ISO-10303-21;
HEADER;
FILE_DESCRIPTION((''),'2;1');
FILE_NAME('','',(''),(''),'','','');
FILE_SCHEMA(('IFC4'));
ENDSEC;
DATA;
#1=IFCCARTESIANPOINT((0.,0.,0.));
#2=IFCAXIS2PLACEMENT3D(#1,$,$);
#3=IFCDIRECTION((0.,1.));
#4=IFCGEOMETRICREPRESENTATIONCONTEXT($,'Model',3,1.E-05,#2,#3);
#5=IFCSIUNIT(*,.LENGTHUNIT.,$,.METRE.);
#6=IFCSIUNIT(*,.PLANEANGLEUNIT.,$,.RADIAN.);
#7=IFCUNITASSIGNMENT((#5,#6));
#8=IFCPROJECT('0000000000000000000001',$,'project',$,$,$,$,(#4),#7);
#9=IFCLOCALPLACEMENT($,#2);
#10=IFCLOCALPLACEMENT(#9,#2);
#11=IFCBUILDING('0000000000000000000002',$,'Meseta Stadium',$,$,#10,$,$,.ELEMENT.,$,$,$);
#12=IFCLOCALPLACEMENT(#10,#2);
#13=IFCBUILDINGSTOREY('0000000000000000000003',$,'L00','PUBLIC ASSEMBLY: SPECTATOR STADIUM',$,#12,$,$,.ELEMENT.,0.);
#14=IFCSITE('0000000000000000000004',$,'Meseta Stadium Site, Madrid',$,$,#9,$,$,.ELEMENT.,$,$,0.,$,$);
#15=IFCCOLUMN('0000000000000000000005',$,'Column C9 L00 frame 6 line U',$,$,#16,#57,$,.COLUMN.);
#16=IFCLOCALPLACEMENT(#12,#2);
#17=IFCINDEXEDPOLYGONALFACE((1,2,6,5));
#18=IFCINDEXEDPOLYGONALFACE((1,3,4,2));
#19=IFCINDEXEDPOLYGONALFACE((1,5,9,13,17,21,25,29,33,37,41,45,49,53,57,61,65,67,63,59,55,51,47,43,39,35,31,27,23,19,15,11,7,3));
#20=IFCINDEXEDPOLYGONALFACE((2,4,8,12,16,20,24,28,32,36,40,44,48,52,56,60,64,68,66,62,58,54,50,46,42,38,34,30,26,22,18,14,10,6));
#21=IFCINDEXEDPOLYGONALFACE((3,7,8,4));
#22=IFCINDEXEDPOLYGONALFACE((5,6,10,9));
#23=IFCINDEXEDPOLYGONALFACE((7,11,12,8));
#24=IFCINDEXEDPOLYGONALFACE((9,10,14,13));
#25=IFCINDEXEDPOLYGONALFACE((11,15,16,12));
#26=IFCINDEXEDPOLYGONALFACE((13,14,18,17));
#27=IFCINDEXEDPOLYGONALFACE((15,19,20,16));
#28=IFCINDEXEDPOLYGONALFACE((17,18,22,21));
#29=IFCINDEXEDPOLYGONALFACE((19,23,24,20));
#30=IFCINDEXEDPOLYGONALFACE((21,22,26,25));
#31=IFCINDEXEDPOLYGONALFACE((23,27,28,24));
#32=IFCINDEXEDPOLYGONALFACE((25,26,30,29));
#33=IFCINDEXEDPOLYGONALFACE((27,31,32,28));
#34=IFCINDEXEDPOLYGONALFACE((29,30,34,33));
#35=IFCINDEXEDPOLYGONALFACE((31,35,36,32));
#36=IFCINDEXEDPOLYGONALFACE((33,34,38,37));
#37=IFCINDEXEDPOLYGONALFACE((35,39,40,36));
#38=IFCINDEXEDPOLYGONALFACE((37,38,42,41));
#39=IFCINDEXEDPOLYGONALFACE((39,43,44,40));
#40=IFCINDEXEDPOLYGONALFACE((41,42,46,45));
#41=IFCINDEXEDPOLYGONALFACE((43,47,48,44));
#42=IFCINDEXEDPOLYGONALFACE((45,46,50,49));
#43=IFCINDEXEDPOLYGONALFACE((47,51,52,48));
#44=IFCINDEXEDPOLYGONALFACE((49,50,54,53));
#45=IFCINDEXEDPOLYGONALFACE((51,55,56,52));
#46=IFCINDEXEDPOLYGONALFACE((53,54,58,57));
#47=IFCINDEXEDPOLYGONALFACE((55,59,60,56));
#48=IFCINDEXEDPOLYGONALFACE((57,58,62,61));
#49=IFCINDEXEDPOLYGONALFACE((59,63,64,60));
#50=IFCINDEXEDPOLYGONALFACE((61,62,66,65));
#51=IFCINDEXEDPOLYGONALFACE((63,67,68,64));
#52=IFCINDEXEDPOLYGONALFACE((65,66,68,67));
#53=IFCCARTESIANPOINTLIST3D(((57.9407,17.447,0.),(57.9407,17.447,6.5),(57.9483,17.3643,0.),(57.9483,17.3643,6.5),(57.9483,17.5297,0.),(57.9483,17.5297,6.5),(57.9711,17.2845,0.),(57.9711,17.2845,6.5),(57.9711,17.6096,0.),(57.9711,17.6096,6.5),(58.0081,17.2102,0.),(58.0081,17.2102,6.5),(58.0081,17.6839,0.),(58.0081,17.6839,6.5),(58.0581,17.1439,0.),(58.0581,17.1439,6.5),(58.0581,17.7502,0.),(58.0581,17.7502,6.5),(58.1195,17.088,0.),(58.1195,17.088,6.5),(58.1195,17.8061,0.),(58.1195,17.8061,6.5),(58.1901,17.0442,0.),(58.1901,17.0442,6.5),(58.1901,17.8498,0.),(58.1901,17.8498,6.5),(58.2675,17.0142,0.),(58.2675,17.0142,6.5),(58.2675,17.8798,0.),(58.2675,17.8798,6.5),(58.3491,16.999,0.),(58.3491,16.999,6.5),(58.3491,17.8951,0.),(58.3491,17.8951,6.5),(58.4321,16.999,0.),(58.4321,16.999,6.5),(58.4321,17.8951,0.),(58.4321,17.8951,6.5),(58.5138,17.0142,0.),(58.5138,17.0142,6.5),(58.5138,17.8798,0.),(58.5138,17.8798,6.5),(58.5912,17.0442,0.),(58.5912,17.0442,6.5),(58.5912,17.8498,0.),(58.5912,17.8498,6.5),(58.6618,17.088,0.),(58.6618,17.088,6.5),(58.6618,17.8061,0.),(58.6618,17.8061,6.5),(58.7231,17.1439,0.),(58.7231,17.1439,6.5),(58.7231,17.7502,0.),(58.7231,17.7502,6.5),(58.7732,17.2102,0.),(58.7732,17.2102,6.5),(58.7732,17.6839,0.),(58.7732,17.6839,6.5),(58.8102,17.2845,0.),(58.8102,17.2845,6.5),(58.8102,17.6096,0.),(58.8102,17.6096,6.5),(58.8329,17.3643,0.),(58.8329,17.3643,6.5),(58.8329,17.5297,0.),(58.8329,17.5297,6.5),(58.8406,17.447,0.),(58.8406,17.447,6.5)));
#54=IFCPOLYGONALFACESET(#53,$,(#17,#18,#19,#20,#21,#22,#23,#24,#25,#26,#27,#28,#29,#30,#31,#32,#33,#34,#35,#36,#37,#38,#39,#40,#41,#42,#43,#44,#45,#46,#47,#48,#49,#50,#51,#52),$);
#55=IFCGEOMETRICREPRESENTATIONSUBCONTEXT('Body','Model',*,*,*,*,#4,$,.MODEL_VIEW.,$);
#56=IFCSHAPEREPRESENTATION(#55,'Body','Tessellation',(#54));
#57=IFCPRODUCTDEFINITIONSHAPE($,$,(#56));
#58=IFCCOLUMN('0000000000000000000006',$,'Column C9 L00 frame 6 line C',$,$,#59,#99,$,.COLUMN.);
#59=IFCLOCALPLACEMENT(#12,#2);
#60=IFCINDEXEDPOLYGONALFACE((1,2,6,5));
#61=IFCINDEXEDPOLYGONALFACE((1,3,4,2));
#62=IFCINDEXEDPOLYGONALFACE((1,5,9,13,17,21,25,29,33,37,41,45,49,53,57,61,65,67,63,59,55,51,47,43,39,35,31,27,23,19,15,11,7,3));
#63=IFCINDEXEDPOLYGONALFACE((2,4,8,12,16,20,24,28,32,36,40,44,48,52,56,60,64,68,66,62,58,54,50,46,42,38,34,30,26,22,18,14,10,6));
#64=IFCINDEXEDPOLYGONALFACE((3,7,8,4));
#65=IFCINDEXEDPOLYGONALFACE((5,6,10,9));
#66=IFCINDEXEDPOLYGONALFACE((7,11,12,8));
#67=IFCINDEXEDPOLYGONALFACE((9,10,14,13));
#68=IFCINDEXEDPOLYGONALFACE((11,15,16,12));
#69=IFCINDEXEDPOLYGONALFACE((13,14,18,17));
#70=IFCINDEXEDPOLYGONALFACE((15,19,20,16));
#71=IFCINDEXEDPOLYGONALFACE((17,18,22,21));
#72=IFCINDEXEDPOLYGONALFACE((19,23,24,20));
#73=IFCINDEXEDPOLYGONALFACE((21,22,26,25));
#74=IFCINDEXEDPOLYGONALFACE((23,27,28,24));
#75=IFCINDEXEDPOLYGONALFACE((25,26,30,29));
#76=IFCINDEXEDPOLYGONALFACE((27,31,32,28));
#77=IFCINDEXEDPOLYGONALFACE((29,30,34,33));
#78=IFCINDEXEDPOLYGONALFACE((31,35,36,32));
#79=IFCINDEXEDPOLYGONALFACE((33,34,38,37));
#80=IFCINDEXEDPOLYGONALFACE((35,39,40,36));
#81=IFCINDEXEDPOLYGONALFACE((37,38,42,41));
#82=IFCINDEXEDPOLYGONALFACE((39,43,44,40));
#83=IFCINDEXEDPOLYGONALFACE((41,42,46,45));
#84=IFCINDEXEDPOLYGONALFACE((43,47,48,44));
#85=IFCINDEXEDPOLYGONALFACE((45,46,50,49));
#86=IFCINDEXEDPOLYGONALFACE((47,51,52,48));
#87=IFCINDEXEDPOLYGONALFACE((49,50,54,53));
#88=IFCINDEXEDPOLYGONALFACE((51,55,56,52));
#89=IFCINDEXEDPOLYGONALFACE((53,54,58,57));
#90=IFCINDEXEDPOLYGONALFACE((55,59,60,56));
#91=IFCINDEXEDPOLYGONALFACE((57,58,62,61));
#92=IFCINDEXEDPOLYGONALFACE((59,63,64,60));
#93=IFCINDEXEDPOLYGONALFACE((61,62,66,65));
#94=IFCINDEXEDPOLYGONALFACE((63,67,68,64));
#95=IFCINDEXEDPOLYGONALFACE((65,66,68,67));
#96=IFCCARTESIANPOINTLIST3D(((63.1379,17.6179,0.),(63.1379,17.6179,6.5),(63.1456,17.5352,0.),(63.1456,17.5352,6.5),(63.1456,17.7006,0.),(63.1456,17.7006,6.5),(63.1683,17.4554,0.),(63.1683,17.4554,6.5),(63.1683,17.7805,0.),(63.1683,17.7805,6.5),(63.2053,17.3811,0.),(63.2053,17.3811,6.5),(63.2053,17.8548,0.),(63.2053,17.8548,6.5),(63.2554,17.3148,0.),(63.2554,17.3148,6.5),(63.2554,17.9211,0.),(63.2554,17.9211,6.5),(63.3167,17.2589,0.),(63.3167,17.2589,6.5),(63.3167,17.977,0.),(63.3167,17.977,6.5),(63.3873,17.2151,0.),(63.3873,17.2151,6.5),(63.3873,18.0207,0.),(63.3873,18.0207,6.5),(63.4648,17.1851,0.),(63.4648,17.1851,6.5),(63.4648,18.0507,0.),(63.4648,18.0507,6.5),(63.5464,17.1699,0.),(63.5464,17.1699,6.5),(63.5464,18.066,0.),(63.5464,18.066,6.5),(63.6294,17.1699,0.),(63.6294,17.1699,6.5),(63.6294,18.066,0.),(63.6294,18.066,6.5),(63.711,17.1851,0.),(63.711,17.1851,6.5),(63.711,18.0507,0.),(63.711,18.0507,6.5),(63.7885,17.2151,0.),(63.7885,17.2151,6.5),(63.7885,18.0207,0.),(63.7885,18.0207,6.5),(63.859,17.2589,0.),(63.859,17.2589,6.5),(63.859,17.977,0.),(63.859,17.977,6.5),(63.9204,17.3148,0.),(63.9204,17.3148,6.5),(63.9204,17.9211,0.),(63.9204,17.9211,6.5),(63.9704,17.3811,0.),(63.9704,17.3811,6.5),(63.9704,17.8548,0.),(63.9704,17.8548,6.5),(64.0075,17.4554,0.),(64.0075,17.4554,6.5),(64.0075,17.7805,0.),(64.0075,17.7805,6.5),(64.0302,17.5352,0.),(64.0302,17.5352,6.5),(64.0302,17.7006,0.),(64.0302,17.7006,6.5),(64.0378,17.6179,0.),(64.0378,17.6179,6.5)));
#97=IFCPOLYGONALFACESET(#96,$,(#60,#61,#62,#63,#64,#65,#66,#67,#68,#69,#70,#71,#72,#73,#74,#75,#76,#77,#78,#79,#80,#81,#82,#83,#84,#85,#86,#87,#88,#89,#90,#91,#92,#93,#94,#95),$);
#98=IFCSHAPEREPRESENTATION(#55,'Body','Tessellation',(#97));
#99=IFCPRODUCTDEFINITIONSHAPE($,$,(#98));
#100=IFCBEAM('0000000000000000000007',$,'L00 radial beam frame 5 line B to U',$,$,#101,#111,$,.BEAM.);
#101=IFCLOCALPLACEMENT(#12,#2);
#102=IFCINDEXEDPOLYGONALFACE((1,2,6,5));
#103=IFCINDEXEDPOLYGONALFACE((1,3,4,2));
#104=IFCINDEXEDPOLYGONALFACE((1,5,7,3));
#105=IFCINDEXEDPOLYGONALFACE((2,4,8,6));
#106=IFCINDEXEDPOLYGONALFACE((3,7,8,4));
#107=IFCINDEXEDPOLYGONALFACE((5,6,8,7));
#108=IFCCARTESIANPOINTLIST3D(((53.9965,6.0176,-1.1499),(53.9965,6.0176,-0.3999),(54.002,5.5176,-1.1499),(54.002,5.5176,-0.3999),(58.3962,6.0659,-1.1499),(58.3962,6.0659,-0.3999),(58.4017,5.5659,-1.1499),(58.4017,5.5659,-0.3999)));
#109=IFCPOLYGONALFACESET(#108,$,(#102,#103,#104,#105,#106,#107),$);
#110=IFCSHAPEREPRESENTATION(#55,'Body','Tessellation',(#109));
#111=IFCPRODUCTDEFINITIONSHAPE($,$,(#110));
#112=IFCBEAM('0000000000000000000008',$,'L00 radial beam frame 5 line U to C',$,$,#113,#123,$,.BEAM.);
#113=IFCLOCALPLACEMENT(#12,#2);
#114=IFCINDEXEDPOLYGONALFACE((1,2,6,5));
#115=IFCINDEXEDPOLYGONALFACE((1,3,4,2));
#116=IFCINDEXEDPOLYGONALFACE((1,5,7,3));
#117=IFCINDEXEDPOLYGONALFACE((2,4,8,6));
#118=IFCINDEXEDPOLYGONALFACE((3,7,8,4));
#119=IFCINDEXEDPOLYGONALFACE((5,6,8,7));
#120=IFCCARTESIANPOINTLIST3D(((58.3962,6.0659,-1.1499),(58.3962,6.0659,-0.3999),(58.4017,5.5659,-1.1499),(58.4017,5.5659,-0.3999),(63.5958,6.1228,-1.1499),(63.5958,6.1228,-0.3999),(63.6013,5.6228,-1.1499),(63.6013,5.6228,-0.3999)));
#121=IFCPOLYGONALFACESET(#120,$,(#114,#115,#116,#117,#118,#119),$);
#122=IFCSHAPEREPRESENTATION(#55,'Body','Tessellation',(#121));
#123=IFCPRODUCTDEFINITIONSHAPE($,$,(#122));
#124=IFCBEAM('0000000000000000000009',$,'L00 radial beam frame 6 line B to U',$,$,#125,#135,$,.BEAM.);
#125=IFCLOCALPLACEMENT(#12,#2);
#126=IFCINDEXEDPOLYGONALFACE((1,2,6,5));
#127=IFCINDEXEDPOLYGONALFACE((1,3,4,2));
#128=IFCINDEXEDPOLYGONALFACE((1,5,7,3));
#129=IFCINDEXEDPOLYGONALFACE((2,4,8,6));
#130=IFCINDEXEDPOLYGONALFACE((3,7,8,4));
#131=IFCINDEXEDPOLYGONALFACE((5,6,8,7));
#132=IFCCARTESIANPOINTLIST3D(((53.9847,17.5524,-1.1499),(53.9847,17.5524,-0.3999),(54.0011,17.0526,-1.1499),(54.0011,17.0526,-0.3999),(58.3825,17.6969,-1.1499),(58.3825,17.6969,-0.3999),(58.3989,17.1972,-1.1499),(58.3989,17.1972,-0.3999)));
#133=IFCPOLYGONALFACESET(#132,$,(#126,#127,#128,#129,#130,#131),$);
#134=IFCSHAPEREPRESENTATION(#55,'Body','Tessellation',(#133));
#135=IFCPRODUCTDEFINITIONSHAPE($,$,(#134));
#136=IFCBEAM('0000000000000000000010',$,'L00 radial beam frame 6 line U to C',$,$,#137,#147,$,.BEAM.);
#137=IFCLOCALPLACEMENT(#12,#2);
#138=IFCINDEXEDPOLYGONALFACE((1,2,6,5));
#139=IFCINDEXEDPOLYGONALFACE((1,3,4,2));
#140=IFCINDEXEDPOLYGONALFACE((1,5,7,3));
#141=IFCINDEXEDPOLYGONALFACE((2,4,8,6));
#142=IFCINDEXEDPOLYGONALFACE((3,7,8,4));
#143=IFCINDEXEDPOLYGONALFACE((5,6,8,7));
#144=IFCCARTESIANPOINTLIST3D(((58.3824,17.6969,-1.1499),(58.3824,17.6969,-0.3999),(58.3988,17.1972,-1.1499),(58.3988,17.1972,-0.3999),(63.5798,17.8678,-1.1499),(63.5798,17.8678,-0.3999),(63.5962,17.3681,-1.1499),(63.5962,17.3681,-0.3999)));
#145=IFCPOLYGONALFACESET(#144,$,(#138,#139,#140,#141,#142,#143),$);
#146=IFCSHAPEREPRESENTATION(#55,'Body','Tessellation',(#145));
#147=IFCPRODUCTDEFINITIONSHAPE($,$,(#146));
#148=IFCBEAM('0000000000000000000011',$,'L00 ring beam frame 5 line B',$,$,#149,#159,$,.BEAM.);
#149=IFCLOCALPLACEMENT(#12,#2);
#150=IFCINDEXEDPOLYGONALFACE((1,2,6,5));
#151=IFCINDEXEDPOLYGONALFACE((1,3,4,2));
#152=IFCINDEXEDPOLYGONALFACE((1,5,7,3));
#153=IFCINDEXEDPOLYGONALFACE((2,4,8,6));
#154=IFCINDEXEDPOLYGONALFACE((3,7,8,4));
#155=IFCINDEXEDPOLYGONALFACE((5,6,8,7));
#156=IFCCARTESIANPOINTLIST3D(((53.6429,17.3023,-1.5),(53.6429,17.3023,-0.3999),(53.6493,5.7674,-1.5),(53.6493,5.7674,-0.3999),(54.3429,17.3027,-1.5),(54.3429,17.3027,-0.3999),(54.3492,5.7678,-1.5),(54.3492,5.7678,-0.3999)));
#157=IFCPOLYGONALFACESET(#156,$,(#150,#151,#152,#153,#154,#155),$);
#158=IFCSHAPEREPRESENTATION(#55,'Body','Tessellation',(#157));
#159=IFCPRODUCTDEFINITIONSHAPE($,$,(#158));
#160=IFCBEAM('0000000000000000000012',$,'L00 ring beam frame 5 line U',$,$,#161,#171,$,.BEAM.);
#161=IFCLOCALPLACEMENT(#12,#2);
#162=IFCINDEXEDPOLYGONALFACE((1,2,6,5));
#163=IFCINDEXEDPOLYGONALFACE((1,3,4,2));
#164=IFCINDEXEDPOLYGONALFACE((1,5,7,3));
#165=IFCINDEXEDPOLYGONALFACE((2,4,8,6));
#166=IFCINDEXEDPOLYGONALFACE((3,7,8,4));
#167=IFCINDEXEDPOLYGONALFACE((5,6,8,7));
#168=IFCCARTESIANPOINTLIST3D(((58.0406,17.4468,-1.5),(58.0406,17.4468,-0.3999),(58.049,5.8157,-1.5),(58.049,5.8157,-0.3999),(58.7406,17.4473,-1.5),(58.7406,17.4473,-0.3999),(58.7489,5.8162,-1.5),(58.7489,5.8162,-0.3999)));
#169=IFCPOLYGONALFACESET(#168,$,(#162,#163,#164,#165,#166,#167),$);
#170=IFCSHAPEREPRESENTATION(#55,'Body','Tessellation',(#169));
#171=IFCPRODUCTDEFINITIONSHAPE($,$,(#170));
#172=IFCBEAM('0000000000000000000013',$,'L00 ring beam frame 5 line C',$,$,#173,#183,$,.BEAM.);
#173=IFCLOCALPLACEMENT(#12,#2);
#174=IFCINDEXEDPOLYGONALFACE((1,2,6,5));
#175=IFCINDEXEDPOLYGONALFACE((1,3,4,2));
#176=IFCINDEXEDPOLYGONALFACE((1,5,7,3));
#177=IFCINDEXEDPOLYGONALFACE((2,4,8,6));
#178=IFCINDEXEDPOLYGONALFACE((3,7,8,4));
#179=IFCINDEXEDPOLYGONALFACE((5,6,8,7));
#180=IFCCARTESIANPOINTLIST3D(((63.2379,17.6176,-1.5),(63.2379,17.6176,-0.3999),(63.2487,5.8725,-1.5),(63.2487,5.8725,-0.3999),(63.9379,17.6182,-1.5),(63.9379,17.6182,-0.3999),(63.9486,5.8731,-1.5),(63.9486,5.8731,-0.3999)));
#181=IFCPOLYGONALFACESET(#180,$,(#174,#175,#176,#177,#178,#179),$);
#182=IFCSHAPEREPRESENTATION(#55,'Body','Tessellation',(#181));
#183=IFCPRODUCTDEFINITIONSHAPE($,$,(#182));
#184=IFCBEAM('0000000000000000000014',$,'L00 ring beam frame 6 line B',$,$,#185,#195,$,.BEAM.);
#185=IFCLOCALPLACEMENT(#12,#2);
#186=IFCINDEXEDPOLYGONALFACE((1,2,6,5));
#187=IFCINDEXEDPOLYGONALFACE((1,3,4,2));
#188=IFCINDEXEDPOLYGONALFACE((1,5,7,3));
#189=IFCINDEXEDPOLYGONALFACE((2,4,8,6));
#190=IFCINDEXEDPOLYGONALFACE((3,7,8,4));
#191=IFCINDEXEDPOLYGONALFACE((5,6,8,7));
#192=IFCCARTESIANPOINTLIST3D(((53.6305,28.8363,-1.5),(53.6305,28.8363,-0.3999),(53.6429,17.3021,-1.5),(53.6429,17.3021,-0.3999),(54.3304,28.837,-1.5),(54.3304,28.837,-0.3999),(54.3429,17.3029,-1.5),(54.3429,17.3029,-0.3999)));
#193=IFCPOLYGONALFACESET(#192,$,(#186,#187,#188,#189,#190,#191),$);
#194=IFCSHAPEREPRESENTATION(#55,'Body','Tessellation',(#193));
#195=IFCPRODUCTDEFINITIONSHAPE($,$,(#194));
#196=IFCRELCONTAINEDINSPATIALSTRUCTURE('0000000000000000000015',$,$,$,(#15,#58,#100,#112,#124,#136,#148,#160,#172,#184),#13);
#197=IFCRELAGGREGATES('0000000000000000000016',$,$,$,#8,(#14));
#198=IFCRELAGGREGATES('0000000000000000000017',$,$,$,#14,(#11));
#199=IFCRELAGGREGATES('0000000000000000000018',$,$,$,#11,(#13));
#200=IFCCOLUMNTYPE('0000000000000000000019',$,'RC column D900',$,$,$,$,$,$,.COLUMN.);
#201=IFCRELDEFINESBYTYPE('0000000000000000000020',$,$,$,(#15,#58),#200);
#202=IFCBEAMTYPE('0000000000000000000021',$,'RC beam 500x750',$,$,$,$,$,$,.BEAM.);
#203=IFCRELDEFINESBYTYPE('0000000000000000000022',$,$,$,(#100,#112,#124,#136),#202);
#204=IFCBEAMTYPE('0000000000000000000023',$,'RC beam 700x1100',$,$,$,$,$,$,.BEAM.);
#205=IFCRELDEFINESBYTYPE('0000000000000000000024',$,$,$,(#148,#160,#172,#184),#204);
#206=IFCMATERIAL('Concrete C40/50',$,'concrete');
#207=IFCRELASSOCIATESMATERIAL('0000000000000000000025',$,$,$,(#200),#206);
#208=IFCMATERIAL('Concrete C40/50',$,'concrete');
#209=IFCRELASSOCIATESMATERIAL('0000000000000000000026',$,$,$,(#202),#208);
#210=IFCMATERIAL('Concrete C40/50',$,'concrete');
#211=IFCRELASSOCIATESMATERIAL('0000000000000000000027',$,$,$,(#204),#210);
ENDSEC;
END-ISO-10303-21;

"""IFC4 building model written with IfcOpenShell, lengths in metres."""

from ifc_helpers import new_model, si_unit, direction, frame, origin, origin_2d, place, context, subcontext, project, spatial, rectangle, circle, extrude, material, material_profile, profile_set, type_object, element, save


model = new_model("IFC4")

# Units and contexts
model_context = context("Model", 3, precision=1e-05, world=origin(), true_north=direction((0.0, 1.0)))
body_context = subcontext(model_context, "Body", "Model", "MODEL_VIEW")
ifc_project = project(units=[si_unit("LENGTHUNIT", "METRE"), si_unit("PLANEANGLEUNIT", "RADIAN")], contexts=[model_context])

# Site, building, storey
site_placement = place(None, origin())
site = spatial("IfcSite", under=ifc_project, at=site_placement, Name="Meseta Stadium Site, Madrid", CompositionType="ELEMENT", RefElevation=0.0)
building_placement = place(site_placement, origin())
building = spatial("IfcBuilding", under=site, at=building_placement, Name="Meseta Stadium", CompositionType="ELEMENT")
storey_placement = place(building_placement, origin())
storey = spatial("IfcBuildingStorey", under=building, at=storey_placement, Name="L00", Description="PUBLIC ASSEMBLY: SPECTATOR STADIUM", CompositionType="ELEMENT", Elevation=0.0)

# Columns
ifc_material_1 = material(Name="Concrete C40/50", Category="concrete")
ifc_material_profile_1 = material_profile(ifc_material_1, circle(Radius=0.45, at=origin_2d()), Name="RC D900")
ifc_profile_set_1 = profile_set([ifc_material_profile_1], Name="Concrete C40/50")
column_type = type_object("IfcColumnType", Name="RC column D900", PredefinedType="COLUMN", material=ifc_profile_set_1)
for number, where, z_axis, x_axis, name in (
    (1, (58.3906, 17.447, 0.0), (0.0, 0.0, 1.0), (1.0, 0.0, 0.0), "Column C9 L00 frame 6 line U"),
    (2, (63.5879, 17.6179, 0.0), (0.0, 0.0, 1.0), (1.0, 0.0, 0.0), "Column C9 L00 frame 6 line C"),
):
    element("IfcColumn", number, at=place(storey_placement, frame(where, z_axis=z_axis, x_axis=x_axis)), inside=storey, type_object=column_type, Name=name, PredefinedType="COLUMN", context=body_context, shape_type="SweptSolid", body=[
        extrude(circle(Radius=0.45, at=origin_2d()), origin(), (0.0, 0.0, 1.0), 6.5),
    ])

# Beams
ifc_material_2 = material(Name="Concrete C40/50", Category="concrete")
ifc_material_profile_2 = material_profile(ifc_material_2, rectangle(XDim=0.5, YDim=0.75, at=origin_2d()), Name="RC 500x750")
ifc_profile_set_2 = profile_set([ifc_material_profile_2], Name="Concrete C40/50")
beam_type_1 = type_object("IfcBeamType", Name="RC beam 500x750", PredefinedType="BEAM", material=ifc_profile_set_2)
beam_1_placement = place(storey_placement, frame((53.9993, 5.7676, -0.7749), z_axis=(0.99994, 0.010987, 0.0), x_axis=(-0.010987, 0.99994, 0.0)))
element("IfcBeam", 3, at=beam_1_placement, inside=storey, type_object=beam_type_1, Name="L00 radial beam frame 5 line B to U", PredefinedType="BEAM", context=body_context, shape_type="SweptSolid", body=[
    extrude(rectangle(XDim=0.5, YDim=0.75, at=origin_2d()), origin(), (0.0, 0.0, 1.0), 4.3999),
])
beam_2_placement = place(storey_placement, frame((58.3989, 5.8159, -0.7749), z_axis=(0.99994, 0.010939, 0.0), x_axis=(-0.010939, 0.99994, 0.0)))
element("IfcBeam", 4, at=beam_2_placement, inside=storey, type_object=beam_type_1, Name="L00 radial beam frame 5 line U to C", PredefinedType="BEAM", context=body_context, shape_type="SweptSolid", body=[
    extrude(rectangle(XDim=0.5, YDim=0.75, at=origin_2d()), origin(), (0.0, 0.0, 1.0), 5.2),
])
beam_3_placement = place(storey_placement, frame((53.9929, 17.3025, -0.7749), z_axis=(0.99946, 0.032847, 0.0), x_axis=(-0.032847, 0.99946, 0.0)))
element("IfcBeam", 5, at=beam_3_placement, inside=storey, type_object=beam_type_1, Name="L00 radial beam frame 6 line B to U", PredefinedType="BEAM", context=body_context, shape_type="SweptSolid", body=[
    extrude(rectangle(XDim=0.5, YDim=0.75, at=origin_2d()), origin(), (0.0, 0.0, 1.0), 4.4001),
])
beam_4_placement = place(storey_placement, frame((58.3906, 17.447, -0.7749), z_axis=(0.99946, 0.032865, 0.0), x_axis=(-0.032865, 0.99946, 0.0)))
element("IfcBeam", 6, at=beam_4_placement, inside=storey, type_object=beam_type_1, Name="L00 radial beam frame 6 line U to C", PredefinedType="BEAM", context=body_context, shape_type="SweptSolid", body=[
    extrude(rectangle(XDim=0.5, YDim=0.75, at=origin_2d()), origin(), (0.0, 0.0, 1.0), 5.2002),
])
ifc_material_3 = material(Name="Concrete C40/50", Category="concrete")
ifc_material_profile_3 = material_profile(ifc_material_3, rectangle(XDim=0.7, YDim=1.1001, at=origin_2d()), Name="RC 700x1100")
ifc_profile_set_3 = profile_set([ifc_material_profile_3], Name="Concrete C40/50")
beam_type_2 = type_object("IfcBeamType", Name="RC beam 700x1100", PredefinedType="BEAM", material=ifc_profile_set_3)
beam_5_placement = place(storey_placement, frame((53.9993, 5.7676, -0.95), z_axis=(-0.00055, 1.0, 0.0), x_axis=(-1.0, -0.00055, 0.0)))
element("IfcBeam", 7, at=beam_5_placement, inside=storey, type_object=beam_type_2, Name="L00 ring beam frame 5 line B", PredefinedType="BEAM", context=body_context, shape_type="SweptSolid", body=[
    extrude(rectangle(XDim=0.7, YDim=1.1001, at=origin_2d()), origin(), (0.0, 0.0, 1.0), 11.5349),
])
beam_6_placement = place(storey_placement, frame((58.3989, 5.8159, -0.95), z_axis=(-0.000714, 1.0, 0.0), x_axis=(-1.0, -0.000714, 0.0)))
element("IfcBeam", 8, at=beam_6_placement, inside=storey, type_object=beam_type_2, Name="L00 ring beam frame 5 line U", PredefinedType="BEAM", context=body_context, shape_type="SweptSolid", body=[
    extrude(rectangle(XDim=0.7, YDim=1.1001, at=origin_2d()), origin(), (0.0, 0.0, 1.0), 11.6311),
])
beam_7_placement = place(storey_placement, frame((63.5986, 5.8728, -0.95), z_axis=(-0.000915, 1.0, 0.0), x_axis=(-1.0, -0.000915, 0.0)))
element("IfcBeam", 9, at=beam_7_placement, inside=storey, type_object=beam_type_2, Name="L00 ring beam frame 5 line C", PredefinedType="BEAM", context=body_context, shape_type="SweptSolid", body=[
    extrude(rectangle(XDim=0.7, YDim=1.1001, at=origin_2d()), origin(), (0.0, 0.0, 1.0), 11.7451),
])
beam_8_placement = place(storey_placement, frame((53.9929, 17.3025, -0.95), z_axis=(-0.00108, 0.999999, 0.0), x_axis=(-0.999999, -0.00108, 0.0)))
element("IfcBeam", 10, at=beam_8_placement, inside=storey, type_object=beam_type_2, Name="L00 ring beam frame 6 line B", PredefinedType="BEAM", context=body_context, shape_type="SweptSolid", body=[
    extrude(rectangle(XDim=0.7, YDim=1.1001, at=origin_2d()), origin(), (0.0, 0.0, 1.0), 11.5342),
])

save(model, "model.ifc")
